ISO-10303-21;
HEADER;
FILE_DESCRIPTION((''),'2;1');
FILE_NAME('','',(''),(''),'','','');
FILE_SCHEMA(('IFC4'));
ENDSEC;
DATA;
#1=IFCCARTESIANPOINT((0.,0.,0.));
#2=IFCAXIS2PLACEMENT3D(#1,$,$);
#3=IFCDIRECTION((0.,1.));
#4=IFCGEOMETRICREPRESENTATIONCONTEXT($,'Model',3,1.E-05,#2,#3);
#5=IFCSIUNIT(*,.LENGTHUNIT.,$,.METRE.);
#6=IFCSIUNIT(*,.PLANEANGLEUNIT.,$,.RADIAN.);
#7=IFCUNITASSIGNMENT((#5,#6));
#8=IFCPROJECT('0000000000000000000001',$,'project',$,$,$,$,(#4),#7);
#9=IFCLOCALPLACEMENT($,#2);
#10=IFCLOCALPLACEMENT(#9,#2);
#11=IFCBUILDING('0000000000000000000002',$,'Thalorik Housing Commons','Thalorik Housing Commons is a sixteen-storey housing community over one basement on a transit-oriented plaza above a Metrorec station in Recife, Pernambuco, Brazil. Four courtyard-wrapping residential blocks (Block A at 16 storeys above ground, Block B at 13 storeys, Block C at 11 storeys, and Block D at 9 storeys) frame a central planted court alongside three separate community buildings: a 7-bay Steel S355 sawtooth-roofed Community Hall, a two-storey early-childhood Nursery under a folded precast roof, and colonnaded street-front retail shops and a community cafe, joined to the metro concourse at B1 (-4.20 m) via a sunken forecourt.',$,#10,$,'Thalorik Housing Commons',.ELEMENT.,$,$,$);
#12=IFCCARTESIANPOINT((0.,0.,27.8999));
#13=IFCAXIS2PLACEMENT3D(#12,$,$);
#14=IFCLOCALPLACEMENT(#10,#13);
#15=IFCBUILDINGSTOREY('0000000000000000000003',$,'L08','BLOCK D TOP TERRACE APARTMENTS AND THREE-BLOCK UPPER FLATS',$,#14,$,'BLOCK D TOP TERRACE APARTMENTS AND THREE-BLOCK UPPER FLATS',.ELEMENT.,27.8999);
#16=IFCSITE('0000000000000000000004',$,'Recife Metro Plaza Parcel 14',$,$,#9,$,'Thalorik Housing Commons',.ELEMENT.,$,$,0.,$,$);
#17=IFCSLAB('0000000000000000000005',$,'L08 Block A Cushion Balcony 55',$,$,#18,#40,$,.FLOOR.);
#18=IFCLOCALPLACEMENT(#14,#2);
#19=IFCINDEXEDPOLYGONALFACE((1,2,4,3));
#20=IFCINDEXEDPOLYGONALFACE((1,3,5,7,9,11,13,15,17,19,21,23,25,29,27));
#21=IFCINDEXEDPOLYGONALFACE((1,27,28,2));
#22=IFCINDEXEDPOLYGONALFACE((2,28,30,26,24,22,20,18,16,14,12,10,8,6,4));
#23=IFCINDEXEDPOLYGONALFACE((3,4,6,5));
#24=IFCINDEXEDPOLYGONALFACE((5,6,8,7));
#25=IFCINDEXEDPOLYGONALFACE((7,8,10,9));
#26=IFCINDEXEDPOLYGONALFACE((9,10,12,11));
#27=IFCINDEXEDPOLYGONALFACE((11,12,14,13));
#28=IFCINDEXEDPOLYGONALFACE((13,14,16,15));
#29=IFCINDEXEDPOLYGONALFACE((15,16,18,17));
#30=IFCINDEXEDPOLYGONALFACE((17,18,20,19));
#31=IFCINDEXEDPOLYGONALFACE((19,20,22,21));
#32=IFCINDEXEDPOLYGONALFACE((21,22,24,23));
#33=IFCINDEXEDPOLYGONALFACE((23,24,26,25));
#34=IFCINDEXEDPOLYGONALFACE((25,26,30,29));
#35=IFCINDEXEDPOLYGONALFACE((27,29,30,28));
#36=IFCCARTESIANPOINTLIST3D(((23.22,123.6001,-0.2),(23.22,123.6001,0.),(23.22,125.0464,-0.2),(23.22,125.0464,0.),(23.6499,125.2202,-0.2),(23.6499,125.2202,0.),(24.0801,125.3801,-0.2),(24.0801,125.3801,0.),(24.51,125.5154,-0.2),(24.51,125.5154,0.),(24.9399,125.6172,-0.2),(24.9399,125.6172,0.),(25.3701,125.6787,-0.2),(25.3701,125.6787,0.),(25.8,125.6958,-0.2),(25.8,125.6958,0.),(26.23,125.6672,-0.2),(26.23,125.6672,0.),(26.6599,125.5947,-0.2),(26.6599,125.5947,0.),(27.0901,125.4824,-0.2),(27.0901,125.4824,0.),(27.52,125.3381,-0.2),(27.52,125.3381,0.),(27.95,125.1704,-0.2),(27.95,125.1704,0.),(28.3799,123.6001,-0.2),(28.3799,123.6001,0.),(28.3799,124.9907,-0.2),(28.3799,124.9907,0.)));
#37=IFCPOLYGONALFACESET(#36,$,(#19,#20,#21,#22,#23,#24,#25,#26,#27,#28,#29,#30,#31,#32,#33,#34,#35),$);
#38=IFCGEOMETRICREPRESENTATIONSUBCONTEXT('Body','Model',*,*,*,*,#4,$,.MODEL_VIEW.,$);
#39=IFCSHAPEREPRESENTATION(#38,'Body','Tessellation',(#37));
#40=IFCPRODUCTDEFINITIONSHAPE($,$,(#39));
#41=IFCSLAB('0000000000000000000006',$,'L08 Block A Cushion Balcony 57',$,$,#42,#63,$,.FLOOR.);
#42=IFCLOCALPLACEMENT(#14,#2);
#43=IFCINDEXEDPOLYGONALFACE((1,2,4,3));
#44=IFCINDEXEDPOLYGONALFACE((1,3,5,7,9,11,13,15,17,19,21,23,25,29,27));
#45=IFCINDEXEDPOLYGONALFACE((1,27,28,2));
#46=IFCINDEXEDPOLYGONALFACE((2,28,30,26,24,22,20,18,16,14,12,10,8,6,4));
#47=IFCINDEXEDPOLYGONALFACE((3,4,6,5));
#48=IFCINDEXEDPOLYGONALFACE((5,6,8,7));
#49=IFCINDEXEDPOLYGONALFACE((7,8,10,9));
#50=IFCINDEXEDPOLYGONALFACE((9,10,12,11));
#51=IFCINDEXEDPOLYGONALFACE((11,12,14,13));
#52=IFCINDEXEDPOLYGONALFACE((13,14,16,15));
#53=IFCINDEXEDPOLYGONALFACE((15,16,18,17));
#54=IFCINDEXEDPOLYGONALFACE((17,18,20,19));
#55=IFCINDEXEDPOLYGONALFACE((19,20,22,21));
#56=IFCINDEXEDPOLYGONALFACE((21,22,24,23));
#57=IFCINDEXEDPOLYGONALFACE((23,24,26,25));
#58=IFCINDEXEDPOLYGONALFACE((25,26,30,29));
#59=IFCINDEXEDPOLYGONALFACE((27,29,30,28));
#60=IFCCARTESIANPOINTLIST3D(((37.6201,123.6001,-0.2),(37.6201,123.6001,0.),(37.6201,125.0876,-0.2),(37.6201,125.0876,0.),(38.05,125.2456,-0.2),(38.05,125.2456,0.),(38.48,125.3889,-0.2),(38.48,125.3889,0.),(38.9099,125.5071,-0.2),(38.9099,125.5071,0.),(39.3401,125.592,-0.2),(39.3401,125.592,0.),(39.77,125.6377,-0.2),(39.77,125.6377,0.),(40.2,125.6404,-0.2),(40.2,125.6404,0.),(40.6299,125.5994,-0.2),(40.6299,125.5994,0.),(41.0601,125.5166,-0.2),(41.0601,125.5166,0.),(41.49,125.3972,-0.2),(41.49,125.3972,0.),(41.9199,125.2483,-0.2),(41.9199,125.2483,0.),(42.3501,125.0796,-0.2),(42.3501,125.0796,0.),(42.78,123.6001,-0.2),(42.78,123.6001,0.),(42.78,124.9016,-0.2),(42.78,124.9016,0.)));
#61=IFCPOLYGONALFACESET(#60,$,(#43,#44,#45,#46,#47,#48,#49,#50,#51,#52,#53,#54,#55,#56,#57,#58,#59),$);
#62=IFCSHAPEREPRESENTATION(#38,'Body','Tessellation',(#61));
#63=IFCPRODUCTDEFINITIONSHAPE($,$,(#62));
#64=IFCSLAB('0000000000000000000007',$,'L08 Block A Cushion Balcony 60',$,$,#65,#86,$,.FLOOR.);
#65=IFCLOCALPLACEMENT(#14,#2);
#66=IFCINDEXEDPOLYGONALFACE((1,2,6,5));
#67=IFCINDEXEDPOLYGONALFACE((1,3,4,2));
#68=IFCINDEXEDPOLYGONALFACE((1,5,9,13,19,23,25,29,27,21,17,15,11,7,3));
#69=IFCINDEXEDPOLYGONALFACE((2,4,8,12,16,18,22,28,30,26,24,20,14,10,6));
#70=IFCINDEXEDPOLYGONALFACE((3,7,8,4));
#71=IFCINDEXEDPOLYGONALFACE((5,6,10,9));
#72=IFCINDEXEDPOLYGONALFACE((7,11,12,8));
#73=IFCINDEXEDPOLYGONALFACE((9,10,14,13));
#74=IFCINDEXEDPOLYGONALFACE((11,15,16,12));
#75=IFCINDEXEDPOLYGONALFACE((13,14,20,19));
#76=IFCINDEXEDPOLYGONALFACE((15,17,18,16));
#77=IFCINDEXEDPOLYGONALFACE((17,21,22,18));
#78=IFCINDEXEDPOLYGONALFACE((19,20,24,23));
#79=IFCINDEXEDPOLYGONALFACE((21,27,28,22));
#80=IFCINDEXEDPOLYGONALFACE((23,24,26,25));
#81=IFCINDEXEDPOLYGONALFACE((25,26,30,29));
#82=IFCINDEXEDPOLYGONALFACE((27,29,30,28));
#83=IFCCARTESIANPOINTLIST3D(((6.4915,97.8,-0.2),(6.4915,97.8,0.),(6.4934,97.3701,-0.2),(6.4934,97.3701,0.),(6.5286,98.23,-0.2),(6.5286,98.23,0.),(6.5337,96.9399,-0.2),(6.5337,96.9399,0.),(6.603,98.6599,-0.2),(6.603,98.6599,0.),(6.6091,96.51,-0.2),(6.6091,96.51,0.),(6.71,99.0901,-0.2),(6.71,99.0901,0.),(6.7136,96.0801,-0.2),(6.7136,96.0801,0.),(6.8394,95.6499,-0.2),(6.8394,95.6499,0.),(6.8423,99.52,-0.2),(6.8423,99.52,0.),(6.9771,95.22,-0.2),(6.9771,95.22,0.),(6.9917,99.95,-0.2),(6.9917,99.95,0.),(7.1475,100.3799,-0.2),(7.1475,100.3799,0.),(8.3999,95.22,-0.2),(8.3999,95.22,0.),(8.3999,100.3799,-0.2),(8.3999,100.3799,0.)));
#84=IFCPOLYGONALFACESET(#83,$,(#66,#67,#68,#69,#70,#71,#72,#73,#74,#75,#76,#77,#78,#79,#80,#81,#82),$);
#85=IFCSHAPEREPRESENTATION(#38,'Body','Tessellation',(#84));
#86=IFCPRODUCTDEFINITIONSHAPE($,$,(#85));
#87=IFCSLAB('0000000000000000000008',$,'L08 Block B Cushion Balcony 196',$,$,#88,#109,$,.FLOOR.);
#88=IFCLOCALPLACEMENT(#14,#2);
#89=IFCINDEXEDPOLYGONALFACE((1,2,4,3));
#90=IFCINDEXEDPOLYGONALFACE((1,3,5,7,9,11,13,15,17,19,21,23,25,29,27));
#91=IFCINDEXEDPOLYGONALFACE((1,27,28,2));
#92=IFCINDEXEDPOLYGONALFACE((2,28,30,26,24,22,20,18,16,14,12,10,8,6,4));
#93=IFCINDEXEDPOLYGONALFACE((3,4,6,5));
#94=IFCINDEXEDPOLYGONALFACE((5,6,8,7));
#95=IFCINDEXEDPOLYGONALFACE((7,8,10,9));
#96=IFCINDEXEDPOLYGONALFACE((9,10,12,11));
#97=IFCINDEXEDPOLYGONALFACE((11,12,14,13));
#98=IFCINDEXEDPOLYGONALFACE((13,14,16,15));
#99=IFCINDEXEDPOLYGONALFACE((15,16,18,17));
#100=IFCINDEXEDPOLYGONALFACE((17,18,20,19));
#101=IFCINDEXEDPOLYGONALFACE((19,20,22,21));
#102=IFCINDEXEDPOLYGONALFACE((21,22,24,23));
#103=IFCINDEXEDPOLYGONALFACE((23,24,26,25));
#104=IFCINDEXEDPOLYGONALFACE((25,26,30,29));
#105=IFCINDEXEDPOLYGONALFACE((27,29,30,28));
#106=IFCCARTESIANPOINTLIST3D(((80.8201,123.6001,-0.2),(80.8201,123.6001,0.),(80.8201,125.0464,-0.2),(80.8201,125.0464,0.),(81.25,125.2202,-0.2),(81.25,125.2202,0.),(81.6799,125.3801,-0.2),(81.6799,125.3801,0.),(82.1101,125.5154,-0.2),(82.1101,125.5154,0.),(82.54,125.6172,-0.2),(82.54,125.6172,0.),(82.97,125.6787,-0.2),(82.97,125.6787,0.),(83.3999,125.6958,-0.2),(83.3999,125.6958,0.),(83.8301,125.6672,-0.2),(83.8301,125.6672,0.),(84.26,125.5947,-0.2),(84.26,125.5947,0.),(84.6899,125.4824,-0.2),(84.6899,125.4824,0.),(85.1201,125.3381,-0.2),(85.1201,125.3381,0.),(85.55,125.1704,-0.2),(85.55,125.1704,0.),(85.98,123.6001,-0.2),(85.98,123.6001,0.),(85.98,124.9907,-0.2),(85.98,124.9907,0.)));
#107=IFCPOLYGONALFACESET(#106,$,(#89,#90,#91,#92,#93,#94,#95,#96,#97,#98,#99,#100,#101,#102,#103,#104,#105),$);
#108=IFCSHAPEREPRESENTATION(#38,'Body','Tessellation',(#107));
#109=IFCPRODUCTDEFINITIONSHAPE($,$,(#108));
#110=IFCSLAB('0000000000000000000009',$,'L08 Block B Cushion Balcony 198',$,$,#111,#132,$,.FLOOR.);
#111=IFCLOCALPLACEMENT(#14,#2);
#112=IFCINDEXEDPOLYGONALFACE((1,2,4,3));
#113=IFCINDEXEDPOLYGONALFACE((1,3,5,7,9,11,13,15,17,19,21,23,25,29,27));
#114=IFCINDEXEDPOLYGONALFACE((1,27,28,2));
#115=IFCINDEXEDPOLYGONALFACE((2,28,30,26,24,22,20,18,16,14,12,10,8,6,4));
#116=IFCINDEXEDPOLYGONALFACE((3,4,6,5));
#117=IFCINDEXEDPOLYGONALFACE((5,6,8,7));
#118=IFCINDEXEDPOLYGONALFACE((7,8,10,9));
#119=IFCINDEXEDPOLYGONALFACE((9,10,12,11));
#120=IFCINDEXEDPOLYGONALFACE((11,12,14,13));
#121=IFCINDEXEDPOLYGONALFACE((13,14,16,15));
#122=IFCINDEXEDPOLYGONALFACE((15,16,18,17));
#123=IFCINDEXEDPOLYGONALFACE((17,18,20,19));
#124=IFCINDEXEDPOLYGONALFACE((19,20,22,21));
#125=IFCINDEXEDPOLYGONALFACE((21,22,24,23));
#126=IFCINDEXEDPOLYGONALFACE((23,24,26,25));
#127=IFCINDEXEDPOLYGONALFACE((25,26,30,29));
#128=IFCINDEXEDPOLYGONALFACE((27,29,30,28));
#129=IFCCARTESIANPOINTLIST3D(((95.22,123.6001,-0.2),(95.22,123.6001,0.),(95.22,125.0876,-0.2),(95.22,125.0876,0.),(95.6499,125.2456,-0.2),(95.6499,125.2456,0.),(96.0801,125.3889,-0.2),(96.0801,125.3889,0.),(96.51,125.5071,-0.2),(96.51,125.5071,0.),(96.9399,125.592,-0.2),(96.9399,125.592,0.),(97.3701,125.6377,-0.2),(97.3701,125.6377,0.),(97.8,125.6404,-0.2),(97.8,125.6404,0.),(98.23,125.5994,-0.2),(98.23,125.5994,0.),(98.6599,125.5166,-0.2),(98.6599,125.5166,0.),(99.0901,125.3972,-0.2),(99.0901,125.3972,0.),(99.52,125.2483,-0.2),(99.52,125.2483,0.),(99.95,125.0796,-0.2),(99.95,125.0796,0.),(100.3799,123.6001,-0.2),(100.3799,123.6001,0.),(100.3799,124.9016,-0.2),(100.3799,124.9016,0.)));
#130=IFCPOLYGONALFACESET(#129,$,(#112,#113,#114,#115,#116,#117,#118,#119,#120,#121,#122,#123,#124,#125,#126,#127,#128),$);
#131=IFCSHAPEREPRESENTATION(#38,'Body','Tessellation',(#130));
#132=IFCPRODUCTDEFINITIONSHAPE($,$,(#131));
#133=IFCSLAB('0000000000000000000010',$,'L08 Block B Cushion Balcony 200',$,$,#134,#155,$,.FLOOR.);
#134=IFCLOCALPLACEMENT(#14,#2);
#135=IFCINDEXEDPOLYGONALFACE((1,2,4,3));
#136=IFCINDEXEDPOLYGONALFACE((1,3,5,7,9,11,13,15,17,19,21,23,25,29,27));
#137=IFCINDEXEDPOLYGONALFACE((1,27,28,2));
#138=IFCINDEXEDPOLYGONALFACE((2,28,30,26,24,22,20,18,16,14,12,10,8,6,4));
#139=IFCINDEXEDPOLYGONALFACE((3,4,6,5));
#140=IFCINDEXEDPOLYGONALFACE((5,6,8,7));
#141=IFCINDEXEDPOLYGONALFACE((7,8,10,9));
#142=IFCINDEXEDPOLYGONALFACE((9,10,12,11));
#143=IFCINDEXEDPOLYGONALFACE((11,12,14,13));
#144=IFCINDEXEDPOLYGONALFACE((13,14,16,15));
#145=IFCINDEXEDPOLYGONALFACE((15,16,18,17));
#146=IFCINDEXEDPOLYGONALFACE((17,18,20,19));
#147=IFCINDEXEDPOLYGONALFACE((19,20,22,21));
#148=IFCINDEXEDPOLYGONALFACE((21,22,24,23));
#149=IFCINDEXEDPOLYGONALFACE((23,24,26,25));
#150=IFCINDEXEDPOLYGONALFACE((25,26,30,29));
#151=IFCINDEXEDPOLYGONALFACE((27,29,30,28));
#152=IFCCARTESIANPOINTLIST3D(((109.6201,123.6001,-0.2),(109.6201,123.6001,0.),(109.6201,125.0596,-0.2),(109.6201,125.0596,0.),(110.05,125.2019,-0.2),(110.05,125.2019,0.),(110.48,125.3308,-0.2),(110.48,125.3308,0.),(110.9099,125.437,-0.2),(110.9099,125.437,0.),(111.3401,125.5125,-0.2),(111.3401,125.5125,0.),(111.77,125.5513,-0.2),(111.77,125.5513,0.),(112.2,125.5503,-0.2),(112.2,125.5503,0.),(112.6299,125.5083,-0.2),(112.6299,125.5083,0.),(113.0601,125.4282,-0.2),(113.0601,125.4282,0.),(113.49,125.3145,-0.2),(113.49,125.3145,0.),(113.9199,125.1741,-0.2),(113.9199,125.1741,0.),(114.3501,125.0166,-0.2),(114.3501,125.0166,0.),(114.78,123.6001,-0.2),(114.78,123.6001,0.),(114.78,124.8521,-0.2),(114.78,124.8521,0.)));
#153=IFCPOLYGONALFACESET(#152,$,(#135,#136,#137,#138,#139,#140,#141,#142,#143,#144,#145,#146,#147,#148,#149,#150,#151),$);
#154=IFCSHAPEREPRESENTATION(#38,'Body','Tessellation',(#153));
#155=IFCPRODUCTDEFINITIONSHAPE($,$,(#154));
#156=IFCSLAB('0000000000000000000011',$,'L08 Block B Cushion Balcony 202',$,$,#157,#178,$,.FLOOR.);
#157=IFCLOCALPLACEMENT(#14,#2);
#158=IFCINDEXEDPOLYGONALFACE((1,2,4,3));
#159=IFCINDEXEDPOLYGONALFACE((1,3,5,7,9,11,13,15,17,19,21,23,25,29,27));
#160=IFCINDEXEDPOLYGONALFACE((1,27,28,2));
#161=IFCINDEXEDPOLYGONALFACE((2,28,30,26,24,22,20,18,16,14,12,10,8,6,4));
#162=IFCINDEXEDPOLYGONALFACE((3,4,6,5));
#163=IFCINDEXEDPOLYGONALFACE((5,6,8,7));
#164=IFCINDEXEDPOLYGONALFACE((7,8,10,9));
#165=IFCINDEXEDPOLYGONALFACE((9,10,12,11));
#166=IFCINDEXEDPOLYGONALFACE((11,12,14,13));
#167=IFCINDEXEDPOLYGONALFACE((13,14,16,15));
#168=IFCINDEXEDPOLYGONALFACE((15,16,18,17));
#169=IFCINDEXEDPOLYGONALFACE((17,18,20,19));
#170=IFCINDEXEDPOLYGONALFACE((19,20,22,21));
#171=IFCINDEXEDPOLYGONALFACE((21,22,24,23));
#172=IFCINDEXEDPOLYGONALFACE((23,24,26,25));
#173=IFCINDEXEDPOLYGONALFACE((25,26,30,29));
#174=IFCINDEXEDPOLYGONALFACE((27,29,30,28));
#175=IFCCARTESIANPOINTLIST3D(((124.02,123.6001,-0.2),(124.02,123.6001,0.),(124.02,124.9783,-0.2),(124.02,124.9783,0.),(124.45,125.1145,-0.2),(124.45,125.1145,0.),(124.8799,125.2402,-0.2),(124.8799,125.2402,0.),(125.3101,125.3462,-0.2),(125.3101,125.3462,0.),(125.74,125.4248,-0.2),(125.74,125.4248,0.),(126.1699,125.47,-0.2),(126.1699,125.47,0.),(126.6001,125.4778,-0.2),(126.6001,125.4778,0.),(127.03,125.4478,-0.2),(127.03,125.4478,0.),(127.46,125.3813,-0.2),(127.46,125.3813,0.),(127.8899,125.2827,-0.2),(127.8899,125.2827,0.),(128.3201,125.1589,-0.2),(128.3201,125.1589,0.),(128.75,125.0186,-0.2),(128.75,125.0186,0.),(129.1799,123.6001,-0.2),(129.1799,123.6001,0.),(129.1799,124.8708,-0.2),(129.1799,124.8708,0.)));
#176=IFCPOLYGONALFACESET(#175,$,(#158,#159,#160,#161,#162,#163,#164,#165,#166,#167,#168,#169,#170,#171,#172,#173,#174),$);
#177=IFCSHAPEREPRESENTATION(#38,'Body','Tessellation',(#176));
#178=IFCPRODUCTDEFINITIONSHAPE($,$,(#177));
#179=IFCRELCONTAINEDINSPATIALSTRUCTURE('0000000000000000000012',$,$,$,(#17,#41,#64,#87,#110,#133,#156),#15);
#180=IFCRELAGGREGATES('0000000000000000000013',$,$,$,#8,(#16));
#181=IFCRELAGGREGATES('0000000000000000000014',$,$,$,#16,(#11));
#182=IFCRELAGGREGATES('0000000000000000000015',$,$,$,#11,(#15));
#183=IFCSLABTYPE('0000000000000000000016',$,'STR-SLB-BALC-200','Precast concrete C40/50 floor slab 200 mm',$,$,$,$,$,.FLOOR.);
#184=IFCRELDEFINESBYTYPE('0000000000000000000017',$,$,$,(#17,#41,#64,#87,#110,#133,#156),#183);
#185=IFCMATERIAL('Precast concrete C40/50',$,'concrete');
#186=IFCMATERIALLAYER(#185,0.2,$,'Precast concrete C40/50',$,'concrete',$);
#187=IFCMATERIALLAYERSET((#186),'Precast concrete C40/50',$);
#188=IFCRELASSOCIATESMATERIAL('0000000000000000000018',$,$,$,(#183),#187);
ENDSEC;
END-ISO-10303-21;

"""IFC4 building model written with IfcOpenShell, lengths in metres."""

from ifc_helpers import new_model, si_unit, direction, frame, origin, place, context, subcontext, project, spatial, polyline, outline, extrude, material, layer, layer_set, type_object, element, save


model = new_model("IFC4")

# Units and contexts
model_context = context("Model", 3, precision=1e-05, world=origin(), true_north=direction((0.0, 1.0)))
body_context = subcontext(model_context, "Body", "Model", "MODEL_VIEW")
ifc_project = project(units=[si_unit("LENGTHUNIT", "METRE"), si_unit("PLANEANGLEUNIT", "RADIAN")], contexts=[model_context])

# Site, building, storey
site_placement = place(None, origin())
site = spatial("IfcSite", under=ifc_project, at=site_placement, Name="Recife Metro Plaza Parcel 14", LongName="Thalorik Housing Commons", CompositionType="ELEMENT", RefElevation=0.0)
building_placement = place(site_placement, origin())
building = spatial("IfcBuilding", under=site, at=building_placement, Name="Thalorik Housing Commons", Description="Thalorik Housing Commons is a sixteen-storey housing community over one basement on a transit-oriented plaza above a Metrorec station in Recife, Pernambuco, Brazil. Four courtyard-wrapping residential blocks (Block A at 16 storeys above ground, Block B at 13 storeys, Block C at 11 storeys, and Block D at 9 storeys) frame a central planted court alongside three separate community buildings: a 7-bay Steel S355 sawtooth-roofed Community Hall, a two-storey early-childhood Nursery under a folded precast roof, and colonnaded street-front retail shops and a community cafe, joined to the metro concourse at B1 (-4.20 m) via a sunken forecourt.", LongName="Thalorik Housing Commons", CompositionType="ELEMENT")
storey_placement = place(building_placement, frame((0.0, 0.0, 27.8999)))
storey = spatial("IfcBuildingStorey", under=building, at=storey_placement, Name="L08", Description="BLOCK D TOP TERRACE APARTMENTS AND THREE-BLOCK UPPER FLATS", LongName="BLOCK D TOP TERRACE APARTMENTS AND THREE-BLOCK UPPER FLATS", CompositionType="ELEMENT", Elevation=27.8999)

# Slabs
ifc_material_1 = material(Name="Precast concrete C40/50", Category="concrete")
ifc_layer_1 = layer(ifc_material_1, 0.2, Name="Precast concrete C40/50", Category="concrete")
ifc_layer_set_1 = layer_set([ifc_layer_1], Name="Precast concrete C40/50")
slab_type_1 = type_object("IfcSlabType", Name="STR-SLB-BALC-200", Description="Precast concrete C40/50 floor slab 200 mm", PredefinedType="FLOOR", material=ifc_layer_set_1)
slab_1_placement = place(storey_placement, frame((0.0, 0.0, -0.2)))
element("IfcSlab", 1, at=slab_1_placement, inside=storey, type_object=slab_type_1, Name="L08 Block A Cushion Balcony 55", PredefinedType="FLOOR", context=body_context, shape_type="SweptSolid", body=[
    extrude(outline(polyline([(23.22, 123.6001), (28.3799, 123.6001), (28.3799, 124.9907), (27.95, 125.1704), (27.52, 125.3381), (27.0901, 125.4824), (26.6599, 125.5947), (26.23, 125.6672), (25.8, 125.6958), (25.3701, 125.6787), (24.9399, 125.6172), (24.51, 125.5154), (24.0801, 125.3801), (23.6499, 125.2202), (23.22, 125.0464), (23.22, 123.6001)])), origin(), (0.0, 0.0, 1.0), 0.2),
])
slab_2_placement = place(storey_placement, frame((0.0, 0.0, -0.2)))
element("IfcSlab", 2, at=slab_2_placement, inside=storey, type_object=slab_type_1, Name="L08 Block A Cushion Balcony 57", PredefinedType="FLOOR", context=body_context, shape_type="SweptSolid", body=[
    extrude(outline(polyline([(37.6201, 123.6001), (42.78, 123.6001), (42.78, 124.9016), (42.3501, 125.0796), (41.9199, 125.2483), (41.49, 125.3972), (41.0601, 125.5166), (40.6299, 125.5994), (40.2, 125.6404), (39.77, 125.6377), (39.3401, 125.592), (38.9099, 125.5071), (38.48, 125.3889), (38.05, 125.2456), (37.6201, 125.0876), (37.6201, 123.6001)])), origin(), (0.0, 0.0, 1.0), 0.2),
])
slab_3_placement = place(storey_placement, frame((0.0, 0.0, -0.2)))
element("IfcSlab", 3, at=slab_3_placement, inside=storey, type_object=slab_type_1, Name="L08 Block A Cushion Balcony 60", PredefinedType="FLOOR", context=body_context, shape_type="SweptSolid", body=[
    extrude(outline(polyline([(8.3999, 95.22), (8.3999, 100.3799), (7.1475, 100.3799), (6.9917, 99.95), (6.8423, 99.52), (6.71, 99.0901), (6.603, 98.6599), (6.5286, 98.23), (6.4915, 97.8), (6.4934, 97.3701), (6.5337, 96.9399), (6.6091, 96.51), (6.7136, 96.0801), (6.8394, 95.6499), (6.9771, 95.22), (8.3999, 95.22)])), origin(), (0.0, 0.0, 1.0), 0.2),
])
slab_4_placement = place(storey_placement, frame((0.0, 0.0, -0.2)))
element("IfcSlab", 4, at=slab_4_placement, inside=storey, type_object=slab_type_1, Name="L08 Block B Cushion Balcony 196", PredefinedType="FLOOR", context=body_context, shape_type="SweptSolid", body=[
    extrude(outline(polyline([(80.8201, 123.6001), (85.98, 123.6001), (85.98, 124.9907), (85.55, 125.1704), (85.1201, 125.3381), (84.6899, 125.4824), (84.26, 125.5947), (83.8301, 125.6672), (83.3999, 125.6958), (82.97, 125.6787), (82.54, 125.6172), (82.1101, 125.5154), (81.6799, 125.3801), (81.25, 125.2202), (80.8201, 125.0464), (80.8201, 123.6001)])), origin(), (0.0, 0.0, 1.0), 0.2),
])
slab_5_placement = place(storey_placement, frame((0.0, 0.0, -0.2)))
element("IfcSlab", 5, at=slab_5_placement, inside=storey, type_object=slab_type_1, Name="L08 Block B Cushion Balcony 198", PredefinedType="FLOOR", context=body_context, shape_type="SweptSolid", body=[
    extrude(outline(polyline([(95.22, 123.6001), (100.3799, 123.6001), (100.3799, 124.9016), (99.95, 125.0796), (99.52, 125.2483), (99.0901, 125.3972), (98.6599, 125.5166), (98.23, 125.5994), (97.8, 125.6404), (97.3701, 125.6377), (96.9399, 125.592), (96.51, 125.5071), (96.0801, 125.3889), (95.6499, 125.2456), (95.22, 125.0876), (95.22, 123.6001)])), origin(), (0.0, 0.0, 1.0), 0.2),
])
slab_6_placement = place(storey_placement, frame((0.0, 0.0, -0.2)))
element("IfcSlab", 6, at=slab_6_placement, inside=storey, type_object=slab_type_1, Name="L08 Block B Cushion Balcony 200", PredefinedType="FLOOR", context=body_context, shape_type="SweptSolid", body=[
    extrude(outline(polyline([(109.6201, 123.6001), (114.78, 123.6001), (114.78, 124.8521), (114.3501, 125.0166), (113.9199, 125.1741), (113.49, 125.3145), (113.0601, 125.4282), (112.6299, 125.5083), (112.2, 125.5503), (111.77, 125.5513), (111.3401, 125.5125), (110.9099, 125.437), (110.48, 125.3308), (110.05, 125.2019), (109.6201, 125.0596), (109.6201, 123.6001)])), origin(), (0.0, 0.0, 1.0), 0.2),
])
slab_7_placement = place(storey_placement, frame((0.0, 0.0, -0.2)))
element("IfcSlab", 7, at=slab_7_placement, inside=storey, type_object=slab_type_1, Name="L08 Block B Cushion Balcony 202", PredefinedType="FLOOR", context=body_context, shape_type="SweptSolid", body=[
    extrude(outline(polyline([(124.02, 123.6001), (129.1799, 123.6001), (129.1799, 124.8708), (128.75, 125.0186), (128.3201, 125.1589), (127.8899, 125.2827), (127.46, 125.3813), (127.03, 125.4478), (126.6001, 125.4778), (126.1699, 125.47), (125.74, 125.4248), (125.3101, 125.3462), (124.8799, 125.2402), (124.45, 125.1145), (124.02, 124.9783), (124.02, 123.6001)])), origin(), (0.0, 0.0, 1.0), 0.2),
])

save(model, "model.ifc")
